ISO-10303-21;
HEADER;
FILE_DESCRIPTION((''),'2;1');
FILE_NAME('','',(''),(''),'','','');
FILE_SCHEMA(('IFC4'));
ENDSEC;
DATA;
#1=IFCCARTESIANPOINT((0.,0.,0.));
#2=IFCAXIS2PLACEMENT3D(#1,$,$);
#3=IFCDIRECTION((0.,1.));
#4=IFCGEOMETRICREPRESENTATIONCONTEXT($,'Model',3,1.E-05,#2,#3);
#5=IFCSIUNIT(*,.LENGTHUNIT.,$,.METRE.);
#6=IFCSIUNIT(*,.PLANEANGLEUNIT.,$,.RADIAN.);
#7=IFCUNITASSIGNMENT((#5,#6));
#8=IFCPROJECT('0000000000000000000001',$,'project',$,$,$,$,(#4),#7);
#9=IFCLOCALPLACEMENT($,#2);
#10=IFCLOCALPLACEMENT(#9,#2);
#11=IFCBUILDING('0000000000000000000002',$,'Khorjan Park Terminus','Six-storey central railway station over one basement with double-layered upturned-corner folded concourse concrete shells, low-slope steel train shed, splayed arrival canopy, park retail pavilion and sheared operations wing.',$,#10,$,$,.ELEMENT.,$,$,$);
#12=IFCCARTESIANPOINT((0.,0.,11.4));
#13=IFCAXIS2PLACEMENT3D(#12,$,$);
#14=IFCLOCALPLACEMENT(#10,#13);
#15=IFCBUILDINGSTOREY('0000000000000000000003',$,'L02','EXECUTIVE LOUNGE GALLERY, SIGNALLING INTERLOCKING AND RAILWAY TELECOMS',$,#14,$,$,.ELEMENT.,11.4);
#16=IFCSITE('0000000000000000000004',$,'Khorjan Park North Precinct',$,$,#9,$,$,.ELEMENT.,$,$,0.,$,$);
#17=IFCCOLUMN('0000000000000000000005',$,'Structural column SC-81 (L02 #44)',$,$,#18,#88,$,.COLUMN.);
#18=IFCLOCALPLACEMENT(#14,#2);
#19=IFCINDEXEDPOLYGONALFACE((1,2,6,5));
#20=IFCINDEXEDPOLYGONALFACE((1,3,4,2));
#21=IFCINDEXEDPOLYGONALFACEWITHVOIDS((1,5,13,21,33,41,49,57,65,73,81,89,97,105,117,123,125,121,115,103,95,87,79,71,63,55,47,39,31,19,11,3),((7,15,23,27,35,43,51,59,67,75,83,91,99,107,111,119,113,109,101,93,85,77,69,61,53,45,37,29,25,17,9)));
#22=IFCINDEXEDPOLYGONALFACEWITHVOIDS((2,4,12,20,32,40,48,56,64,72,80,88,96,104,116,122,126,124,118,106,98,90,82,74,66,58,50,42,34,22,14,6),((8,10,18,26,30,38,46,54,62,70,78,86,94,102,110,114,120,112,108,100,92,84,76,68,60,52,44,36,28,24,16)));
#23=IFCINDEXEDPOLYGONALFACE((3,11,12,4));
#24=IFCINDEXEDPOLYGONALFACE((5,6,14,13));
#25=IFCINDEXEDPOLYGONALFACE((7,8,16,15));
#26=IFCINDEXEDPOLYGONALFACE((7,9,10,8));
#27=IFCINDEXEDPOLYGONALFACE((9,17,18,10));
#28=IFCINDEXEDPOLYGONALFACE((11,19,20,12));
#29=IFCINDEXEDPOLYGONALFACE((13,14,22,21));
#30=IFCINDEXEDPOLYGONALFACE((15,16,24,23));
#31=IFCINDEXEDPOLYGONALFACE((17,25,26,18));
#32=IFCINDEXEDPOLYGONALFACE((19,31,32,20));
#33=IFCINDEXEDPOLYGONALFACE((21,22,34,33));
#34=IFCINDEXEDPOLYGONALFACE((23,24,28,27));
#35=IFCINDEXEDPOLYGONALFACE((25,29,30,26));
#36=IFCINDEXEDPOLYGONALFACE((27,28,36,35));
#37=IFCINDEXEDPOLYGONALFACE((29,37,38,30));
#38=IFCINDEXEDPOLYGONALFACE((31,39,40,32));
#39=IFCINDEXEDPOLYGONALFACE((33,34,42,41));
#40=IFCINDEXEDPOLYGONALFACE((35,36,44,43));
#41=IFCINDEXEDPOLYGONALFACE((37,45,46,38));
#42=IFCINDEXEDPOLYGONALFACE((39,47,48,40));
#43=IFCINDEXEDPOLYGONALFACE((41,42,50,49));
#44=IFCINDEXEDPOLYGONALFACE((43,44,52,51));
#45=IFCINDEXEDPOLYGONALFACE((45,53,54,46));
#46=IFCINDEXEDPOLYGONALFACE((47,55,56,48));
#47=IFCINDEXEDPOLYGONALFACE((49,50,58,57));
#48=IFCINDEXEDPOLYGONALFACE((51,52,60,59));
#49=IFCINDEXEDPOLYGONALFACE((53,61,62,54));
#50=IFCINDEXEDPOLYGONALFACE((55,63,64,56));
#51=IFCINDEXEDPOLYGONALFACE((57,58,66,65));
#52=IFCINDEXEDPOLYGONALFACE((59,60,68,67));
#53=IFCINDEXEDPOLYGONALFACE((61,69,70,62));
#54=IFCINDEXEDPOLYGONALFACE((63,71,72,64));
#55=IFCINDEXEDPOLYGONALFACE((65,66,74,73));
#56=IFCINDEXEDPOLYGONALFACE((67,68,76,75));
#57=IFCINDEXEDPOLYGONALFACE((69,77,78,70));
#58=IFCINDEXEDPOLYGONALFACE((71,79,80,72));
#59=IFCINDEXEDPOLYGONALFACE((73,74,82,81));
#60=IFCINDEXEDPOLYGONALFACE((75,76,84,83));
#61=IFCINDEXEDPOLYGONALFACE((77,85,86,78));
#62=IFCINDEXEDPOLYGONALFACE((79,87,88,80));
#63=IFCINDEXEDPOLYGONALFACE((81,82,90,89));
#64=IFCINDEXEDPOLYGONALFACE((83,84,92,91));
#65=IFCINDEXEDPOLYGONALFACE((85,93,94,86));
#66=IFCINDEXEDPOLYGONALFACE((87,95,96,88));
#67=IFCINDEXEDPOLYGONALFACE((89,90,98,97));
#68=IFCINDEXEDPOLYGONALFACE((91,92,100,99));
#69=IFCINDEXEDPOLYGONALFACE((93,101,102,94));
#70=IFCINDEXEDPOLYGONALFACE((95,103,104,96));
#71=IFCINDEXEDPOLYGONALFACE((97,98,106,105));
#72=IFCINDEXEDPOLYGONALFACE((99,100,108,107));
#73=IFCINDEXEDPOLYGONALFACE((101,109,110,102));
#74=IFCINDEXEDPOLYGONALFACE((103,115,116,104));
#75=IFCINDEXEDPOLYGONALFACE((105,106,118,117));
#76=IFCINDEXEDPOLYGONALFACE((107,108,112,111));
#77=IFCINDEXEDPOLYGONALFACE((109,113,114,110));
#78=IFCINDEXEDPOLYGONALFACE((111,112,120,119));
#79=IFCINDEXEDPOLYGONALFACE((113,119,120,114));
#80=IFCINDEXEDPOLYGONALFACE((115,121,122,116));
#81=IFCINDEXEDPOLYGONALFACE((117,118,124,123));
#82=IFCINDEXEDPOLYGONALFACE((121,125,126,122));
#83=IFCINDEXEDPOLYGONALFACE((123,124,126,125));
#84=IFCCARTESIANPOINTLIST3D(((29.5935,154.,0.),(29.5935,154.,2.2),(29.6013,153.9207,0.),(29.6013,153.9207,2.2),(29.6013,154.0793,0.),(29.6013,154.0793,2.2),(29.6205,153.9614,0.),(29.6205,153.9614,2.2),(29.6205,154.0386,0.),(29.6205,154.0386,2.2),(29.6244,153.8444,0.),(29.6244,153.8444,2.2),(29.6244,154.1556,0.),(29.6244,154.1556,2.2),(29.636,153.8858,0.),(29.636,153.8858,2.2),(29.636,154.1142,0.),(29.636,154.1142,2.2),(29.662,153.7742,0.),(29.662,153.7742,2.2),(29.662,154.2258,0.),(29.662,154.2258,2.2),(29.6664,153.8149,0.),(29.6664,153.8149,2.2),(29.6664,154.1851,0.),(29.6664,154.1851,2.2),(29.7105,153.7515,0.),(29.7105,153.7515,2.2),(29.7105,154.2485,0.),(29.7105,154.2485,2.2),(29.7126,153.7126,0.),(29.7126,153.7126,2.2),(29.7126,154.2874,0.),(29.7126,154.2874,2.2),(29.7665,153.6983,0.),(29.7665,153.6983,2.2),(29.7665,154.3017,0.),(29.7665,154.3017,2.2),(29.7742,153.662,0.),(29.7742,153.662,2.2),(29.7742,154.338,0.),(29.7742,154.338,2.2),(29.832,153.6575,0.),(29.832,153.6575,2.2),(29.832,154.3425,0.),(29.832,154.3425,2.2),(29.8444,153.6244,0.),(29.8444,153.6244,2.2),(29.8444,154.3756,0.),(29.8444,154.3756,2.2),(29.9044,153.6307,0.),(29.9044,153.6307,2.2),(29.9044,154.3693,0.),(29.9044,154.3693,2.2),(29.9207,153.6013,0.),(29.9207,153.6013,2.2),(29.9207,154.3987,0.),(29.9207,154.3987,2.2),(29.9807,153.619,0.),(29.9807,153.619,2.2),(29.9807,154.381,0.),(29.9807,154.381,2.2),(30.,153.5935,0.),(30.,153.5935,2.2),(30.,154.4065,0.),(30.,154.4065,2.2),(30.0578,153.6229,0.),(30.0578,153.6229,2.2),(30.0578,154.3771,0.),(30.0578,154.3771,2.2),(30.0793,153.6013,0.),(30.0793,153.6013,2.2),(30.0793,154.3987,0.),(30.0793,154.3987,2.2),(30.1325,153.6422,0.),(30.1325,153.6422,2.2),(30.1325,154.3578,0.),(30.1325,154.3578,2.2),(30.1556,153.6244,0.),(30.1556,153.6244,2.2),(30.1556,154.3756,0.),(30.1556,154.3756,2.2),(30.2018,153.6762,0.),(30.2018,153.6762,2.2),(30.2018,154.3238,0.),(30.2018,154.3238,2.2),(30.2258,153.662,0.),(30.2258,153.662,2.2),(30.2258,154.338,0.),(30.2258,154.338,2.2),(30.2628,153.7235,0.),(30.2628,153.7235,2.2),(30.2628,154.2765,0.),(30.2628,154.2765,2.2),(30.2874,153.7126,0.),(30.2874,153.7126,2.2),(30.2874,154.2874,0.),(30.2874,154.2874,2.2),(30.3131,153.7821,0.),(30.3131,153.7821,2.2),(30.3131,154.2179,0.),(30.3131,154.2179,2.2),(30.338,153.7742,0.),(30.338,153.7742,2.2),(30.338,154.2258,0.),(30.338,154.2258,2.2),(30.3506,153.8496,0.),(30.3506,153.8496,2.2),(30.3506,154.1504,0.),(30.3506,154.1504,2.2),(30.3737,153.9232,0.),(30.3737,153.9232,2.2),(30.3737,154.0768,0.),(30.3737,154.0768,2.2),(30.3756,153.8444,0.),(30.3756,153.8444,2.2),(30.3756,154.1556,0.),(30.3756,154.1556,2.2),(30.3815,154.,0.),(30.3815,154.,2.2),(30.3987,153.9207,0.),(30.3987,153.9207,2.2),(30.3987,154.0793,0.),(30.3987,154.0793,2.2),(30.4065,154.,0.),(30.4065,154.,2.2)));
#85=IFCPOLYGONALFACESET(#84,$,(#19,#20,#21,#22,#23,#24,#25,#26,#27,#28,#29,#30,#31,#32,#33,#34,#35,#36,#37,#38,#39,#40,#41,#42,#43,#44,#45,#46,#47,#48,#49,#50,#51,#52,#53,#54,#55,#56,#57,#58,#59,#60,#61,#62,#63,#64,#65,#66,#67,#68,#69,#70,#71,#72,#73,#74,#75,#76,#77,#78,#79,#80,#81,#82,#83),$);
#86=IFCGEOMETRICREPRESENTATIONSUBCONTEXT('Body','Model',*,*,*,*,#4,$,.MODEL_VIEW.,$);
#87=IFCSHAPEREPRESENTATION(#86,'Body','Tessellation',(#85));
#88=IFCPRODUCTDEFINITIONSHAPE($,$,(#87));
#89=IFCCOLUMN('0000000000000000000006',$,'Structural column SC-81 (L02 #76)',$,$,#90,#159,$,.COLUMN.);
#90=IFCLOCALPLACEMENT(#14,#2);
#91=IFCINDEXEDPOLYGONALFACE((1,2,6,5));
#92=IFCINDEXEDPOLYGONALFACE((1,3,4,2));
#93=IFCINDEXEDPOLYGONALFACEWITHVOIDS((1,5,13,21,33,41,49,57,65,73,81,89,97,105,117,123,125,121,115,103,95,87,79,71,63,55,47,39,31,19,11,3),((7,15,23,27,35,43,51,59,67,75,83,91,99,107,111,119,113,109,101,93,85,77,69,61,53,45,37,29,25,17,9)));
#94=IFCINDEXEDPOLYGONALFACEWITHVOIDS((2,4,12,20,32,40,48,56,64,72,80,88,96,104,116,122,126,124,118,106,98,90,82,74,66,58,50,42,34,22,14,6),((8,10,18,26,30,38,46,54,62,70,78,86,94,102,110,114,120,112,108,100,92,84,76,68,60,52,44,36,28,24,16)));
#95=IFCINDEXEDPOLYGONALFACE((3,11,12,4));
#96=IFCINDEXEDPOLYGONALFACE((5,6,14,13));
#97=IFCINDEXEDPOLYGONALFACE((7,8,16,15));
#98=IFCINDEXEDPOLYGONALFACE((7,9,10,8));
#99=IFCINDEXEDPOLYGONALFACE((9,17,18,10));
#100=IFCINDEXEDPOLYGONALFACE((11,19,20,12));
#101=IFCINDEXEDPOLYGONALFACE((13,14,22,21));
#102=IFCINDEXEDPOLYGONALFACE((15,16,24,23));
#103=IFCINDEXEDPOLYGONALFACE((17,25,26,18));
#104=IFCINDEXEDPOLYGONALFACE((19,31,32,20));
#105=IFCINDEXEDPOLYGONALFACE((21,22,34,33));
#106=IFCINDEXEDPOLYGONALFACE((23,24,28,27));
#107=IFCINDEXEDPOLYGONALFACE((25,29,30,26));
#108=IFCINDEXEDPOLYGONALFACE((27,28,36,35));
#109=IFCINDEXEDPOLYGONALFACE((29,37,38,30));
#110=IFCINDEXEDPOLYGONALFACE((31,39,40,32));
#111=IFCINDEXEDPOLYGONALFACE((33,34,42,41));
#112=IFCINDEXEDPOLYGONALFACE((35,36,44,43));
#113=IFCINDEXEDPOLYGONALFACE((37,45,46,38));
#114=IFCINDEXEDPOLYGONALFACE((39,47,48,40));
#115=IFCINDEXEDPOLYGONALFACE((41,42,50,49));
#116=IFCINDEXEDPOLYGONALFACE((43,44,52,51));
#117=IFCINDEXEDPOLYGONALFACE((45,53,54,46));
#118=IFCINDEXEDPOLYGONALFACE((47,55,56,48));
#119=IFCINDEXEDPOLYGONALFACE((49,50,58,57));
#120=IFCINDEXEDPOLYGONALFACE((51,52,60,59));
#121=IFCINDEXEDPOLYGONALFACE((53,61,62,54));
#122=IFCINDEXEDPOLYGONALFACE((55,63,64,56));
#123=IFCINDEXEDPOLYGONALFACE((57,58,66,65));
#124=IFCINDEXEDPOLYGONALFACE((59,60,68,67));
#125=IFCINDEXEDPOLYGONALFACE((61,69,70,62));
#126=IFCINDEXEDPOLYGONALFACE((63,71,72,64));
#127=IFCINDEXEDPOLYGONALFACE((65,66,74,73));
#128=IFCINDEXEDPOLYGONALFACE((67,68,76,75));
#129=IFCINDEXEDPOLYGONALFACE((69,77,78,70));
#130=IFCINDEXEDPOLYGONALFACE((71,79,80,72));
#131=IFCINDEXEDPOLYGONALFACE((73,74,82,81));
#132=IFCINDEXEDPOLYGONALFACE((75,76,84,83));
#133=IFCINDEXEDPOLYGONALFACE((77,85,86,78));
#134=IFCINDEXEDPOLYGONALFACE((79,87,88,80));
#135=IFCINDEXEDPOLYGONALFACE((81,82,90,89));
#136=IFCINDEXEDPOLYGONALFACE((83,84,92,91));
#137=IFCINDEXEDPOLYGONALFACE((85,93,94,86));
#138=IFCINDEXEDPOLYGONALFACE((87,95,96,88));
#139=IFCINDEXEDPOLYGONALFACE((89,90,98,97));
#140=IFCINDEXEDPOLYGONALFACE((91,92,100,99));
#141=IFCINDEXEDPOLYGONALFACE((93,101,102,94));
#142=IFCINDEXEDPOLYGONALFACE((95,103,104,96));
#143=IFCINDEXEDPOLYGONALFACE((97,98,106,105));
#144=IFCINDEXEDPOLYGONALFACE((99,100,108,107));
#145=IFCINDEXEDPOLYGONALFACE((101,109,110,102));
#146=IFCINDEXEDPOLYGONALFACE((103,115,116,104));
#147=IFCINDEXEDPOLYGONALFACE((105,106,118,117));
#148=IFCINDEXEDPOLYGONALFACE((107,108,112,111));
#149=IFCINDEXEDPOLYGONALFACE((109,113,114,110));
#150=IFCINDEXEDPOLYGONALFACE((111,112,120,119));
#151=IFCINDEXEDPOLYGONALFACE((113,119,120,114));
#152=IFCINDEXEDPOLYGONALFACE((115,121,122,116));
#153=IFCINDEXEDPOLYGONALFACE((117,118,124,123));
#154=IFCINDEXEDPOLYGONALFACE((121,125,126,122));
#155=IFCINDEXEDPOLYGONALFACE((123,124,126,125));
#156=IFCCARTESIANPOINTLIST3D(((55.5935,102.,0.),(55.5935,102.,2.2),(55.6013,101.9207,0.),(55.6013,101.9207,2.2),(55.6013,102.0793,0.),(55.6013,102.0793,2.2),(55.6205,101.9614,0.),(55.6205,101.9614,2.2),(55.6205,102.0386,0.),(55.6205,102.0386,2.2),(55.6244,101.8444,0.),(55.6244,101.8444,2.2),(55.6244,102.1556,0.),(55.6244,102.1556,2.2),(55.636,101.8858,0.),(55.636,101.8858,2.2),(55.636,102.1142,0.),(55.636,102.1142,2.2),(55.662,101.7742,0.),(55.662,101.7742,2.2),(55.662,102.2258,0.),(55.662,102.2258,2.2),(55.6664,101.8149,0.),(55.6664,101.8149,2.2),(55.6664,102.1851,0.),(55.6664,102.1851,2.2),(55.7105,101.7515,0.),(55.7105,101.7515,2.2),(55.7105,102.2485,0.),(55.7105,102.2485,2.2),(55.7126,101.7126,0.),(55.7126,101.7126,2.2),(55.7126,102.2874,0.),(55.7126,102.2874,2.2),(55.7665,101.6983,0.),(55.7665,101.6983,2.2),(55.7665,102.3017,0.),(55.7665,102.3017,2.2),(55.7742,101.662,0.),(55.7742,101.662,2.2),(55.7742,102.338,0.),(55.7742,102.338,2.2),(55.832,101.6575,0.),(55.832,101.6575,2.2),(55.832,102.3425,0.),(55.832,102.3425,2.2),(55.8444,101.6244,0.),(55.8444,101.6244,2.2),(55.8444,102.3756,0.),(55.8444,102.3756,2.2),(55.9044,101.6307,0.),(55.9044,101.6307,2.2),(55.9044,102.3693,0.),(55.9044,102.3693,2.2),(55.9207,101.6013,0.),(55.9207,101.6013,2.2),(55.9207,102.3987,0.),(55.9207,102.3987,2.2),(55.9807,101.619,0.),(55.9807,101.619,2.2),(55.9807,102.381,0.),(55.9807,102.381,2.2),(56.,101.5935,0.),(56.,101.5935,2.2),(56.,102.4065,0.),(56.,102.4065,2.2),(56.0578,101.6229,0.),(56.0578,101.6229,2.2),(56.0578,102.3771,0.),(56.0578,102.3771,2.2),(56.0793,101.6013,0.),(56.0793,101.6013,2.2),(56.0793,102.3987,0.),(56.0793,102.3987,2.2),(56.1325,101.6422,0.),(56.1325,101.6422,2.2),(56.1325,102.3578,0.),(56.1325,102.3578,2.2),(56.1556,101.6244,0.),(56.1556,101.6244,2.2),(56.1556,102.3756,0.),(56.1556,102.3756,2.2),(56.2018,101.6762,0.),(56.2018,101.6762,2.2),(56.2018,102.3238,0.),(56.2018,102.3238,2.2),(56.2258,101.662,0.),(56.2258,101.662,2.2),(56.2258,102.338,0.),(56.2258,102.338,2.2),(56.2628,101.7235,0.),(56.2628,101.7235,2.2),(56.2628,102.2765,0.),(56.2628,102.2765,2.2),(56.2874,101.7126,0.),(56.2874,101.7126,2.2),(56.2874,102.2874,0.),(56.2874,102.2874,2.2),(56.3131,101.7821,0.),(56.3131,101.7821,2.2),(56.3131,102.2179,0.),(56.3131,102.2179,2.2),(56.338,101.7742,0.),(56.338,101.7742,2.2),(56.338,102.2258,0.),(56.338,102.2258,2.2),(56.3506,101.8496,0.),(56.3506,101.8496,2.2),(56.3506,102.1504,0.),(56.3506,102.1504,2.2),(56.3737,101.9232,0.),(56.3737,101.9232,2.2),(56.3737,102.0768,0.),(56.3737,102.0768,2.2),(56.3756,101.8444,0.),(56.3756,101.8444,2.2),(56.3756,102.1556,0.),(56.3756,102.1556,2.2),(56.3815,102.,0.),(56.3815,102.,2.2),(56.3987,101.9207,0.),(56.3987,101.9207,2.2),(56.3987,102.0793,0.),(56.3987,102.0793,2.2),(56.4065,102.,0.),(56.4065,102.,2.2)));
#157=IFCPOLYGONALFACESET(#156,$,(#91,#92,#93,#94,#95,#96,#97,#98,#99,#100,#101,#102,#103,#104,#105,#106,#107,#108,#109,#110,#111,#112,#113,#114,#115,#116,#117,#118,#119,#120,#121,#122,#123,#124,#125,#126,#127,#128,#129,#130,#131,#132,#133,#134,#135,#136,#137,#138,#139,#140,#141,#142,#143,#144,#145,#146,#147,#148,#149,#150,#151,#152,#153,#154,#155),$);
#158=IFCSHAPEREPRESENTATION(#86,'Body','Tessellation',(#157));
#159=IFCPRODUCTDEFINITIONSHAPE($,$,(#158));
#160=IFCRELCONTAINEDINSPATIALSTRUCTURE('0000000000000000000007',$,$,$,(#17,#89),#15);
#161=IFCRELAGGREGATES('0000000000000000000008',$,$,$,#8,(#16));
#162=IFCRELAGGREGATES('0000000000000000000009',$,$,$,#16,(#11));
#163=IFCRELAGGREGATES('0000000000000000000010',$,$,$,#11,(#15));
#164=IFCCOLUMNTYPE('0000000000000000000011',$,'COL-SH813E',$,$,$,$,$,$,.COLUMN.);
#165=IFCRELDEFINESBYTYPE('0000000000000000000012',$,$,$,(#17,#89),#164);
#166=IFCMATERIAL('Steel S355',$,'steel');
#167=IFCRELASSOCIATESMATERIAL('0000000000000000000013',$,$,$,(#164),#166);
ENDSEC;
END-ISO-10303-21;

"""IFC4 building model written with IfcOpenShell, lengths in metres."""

from ifc_helpers import new_model, si_unit, direction, frame, origin, origin_2d, place, context, subcontext, project, spatial, hollow_circle, extrude, material, material_profile, profile_set, type_object, element, save


model = new_model("IFC4")

# Units and contexts
model_context = context("Model", 3, precision=1e-05, world=origin(), true_north=direction((0.0, 1.0)))
body_context = subcontext(model_context, "Body", "Model", "MODEL_VIEW")
ifc_project = project(units=[si_unit("LENGTHUNIT", "METRE"), si_unit("PLANEANGLEUNIT", "RADIAN")], contexts=[model_context])

# Site, building, storey
site_placement = place(None, origin())
site = spatial("IfcSite", under=ifc_project, at=site_placement, Name="Khorjan Park North Precinct", CompositionType="ELEMENT", RefElevation=0.0)
building_placement = place(site_placement, origin())
building = spatial("IfcBuilding", under=site, at=building_placement, Name="Khorjan Park Terminus", Description="Six-storey central railway station over one basement with double-layered upturned-corner folded concourse concrete shells, low-slope steel train shed, splayed arrival canopy, park retail pavilion and sheared operations wing.", CompositionType="ELEMENT")
storey_placement = place(building_placement, frame((0.0, 0.0, 11.4)))
storey = spatial("IfcBuildingStorey", under=building, at=storey_placement, Name="L02", Description="EXECUTIVE LOUNGE GALLERY, SIGNALLING INTERLOCKING AND RAILWAY TELECOMS", CompositionType="ELEMENT", Elevation=11.4)

# Columns
ifc_material = material(Name="Steel S355", Category="steel")
ifc_material_profile_1 = material_profile(ifc_material, hollow_circle(Radius=0.4065, WallThickness=0.025, at=origin_2d()), Name="CHS 813x25")
ifc_profile_set_1 = profile_set([ifc_material_profile_1], Name="Steel S355")
column_type_1 = type_object("IfcColumnType", Name="COL-SH813E", PredefinedType="COLUMN", material=ifc_profile_set_1)
for number, where, z_axis, x_axis, name in (
    (1, (30.0, 154.0, 0.0), (0.0, 0.0, 1.0), (1.0, 0.0, 0.0), "Structural column SC-81 (L02 #44)"),
    (2, (56.0, 102.0, 0.0), (0.0, 0.0, 1.0), (1.0, 0.0, 0.0), "Structural column SC-81 (L02 #76)"),
):
    element("IfcColumn", number, at=place(storey_placement, frame(where, z_axis=z_axis, x_axis=x_axis)), inside=storey, type_object=column_type_1, Name=name, PredefinedType="COLUMN", context=body_context, shape_type="SweptSolid", body=[
        extrude(hollow_circle(Radius=0.4065, WallThickness=0.025, at=origin_2d()), origin(), (0.0, 0.0, 1.0), 2.2),
    ])

save(model, "model.ifc")
